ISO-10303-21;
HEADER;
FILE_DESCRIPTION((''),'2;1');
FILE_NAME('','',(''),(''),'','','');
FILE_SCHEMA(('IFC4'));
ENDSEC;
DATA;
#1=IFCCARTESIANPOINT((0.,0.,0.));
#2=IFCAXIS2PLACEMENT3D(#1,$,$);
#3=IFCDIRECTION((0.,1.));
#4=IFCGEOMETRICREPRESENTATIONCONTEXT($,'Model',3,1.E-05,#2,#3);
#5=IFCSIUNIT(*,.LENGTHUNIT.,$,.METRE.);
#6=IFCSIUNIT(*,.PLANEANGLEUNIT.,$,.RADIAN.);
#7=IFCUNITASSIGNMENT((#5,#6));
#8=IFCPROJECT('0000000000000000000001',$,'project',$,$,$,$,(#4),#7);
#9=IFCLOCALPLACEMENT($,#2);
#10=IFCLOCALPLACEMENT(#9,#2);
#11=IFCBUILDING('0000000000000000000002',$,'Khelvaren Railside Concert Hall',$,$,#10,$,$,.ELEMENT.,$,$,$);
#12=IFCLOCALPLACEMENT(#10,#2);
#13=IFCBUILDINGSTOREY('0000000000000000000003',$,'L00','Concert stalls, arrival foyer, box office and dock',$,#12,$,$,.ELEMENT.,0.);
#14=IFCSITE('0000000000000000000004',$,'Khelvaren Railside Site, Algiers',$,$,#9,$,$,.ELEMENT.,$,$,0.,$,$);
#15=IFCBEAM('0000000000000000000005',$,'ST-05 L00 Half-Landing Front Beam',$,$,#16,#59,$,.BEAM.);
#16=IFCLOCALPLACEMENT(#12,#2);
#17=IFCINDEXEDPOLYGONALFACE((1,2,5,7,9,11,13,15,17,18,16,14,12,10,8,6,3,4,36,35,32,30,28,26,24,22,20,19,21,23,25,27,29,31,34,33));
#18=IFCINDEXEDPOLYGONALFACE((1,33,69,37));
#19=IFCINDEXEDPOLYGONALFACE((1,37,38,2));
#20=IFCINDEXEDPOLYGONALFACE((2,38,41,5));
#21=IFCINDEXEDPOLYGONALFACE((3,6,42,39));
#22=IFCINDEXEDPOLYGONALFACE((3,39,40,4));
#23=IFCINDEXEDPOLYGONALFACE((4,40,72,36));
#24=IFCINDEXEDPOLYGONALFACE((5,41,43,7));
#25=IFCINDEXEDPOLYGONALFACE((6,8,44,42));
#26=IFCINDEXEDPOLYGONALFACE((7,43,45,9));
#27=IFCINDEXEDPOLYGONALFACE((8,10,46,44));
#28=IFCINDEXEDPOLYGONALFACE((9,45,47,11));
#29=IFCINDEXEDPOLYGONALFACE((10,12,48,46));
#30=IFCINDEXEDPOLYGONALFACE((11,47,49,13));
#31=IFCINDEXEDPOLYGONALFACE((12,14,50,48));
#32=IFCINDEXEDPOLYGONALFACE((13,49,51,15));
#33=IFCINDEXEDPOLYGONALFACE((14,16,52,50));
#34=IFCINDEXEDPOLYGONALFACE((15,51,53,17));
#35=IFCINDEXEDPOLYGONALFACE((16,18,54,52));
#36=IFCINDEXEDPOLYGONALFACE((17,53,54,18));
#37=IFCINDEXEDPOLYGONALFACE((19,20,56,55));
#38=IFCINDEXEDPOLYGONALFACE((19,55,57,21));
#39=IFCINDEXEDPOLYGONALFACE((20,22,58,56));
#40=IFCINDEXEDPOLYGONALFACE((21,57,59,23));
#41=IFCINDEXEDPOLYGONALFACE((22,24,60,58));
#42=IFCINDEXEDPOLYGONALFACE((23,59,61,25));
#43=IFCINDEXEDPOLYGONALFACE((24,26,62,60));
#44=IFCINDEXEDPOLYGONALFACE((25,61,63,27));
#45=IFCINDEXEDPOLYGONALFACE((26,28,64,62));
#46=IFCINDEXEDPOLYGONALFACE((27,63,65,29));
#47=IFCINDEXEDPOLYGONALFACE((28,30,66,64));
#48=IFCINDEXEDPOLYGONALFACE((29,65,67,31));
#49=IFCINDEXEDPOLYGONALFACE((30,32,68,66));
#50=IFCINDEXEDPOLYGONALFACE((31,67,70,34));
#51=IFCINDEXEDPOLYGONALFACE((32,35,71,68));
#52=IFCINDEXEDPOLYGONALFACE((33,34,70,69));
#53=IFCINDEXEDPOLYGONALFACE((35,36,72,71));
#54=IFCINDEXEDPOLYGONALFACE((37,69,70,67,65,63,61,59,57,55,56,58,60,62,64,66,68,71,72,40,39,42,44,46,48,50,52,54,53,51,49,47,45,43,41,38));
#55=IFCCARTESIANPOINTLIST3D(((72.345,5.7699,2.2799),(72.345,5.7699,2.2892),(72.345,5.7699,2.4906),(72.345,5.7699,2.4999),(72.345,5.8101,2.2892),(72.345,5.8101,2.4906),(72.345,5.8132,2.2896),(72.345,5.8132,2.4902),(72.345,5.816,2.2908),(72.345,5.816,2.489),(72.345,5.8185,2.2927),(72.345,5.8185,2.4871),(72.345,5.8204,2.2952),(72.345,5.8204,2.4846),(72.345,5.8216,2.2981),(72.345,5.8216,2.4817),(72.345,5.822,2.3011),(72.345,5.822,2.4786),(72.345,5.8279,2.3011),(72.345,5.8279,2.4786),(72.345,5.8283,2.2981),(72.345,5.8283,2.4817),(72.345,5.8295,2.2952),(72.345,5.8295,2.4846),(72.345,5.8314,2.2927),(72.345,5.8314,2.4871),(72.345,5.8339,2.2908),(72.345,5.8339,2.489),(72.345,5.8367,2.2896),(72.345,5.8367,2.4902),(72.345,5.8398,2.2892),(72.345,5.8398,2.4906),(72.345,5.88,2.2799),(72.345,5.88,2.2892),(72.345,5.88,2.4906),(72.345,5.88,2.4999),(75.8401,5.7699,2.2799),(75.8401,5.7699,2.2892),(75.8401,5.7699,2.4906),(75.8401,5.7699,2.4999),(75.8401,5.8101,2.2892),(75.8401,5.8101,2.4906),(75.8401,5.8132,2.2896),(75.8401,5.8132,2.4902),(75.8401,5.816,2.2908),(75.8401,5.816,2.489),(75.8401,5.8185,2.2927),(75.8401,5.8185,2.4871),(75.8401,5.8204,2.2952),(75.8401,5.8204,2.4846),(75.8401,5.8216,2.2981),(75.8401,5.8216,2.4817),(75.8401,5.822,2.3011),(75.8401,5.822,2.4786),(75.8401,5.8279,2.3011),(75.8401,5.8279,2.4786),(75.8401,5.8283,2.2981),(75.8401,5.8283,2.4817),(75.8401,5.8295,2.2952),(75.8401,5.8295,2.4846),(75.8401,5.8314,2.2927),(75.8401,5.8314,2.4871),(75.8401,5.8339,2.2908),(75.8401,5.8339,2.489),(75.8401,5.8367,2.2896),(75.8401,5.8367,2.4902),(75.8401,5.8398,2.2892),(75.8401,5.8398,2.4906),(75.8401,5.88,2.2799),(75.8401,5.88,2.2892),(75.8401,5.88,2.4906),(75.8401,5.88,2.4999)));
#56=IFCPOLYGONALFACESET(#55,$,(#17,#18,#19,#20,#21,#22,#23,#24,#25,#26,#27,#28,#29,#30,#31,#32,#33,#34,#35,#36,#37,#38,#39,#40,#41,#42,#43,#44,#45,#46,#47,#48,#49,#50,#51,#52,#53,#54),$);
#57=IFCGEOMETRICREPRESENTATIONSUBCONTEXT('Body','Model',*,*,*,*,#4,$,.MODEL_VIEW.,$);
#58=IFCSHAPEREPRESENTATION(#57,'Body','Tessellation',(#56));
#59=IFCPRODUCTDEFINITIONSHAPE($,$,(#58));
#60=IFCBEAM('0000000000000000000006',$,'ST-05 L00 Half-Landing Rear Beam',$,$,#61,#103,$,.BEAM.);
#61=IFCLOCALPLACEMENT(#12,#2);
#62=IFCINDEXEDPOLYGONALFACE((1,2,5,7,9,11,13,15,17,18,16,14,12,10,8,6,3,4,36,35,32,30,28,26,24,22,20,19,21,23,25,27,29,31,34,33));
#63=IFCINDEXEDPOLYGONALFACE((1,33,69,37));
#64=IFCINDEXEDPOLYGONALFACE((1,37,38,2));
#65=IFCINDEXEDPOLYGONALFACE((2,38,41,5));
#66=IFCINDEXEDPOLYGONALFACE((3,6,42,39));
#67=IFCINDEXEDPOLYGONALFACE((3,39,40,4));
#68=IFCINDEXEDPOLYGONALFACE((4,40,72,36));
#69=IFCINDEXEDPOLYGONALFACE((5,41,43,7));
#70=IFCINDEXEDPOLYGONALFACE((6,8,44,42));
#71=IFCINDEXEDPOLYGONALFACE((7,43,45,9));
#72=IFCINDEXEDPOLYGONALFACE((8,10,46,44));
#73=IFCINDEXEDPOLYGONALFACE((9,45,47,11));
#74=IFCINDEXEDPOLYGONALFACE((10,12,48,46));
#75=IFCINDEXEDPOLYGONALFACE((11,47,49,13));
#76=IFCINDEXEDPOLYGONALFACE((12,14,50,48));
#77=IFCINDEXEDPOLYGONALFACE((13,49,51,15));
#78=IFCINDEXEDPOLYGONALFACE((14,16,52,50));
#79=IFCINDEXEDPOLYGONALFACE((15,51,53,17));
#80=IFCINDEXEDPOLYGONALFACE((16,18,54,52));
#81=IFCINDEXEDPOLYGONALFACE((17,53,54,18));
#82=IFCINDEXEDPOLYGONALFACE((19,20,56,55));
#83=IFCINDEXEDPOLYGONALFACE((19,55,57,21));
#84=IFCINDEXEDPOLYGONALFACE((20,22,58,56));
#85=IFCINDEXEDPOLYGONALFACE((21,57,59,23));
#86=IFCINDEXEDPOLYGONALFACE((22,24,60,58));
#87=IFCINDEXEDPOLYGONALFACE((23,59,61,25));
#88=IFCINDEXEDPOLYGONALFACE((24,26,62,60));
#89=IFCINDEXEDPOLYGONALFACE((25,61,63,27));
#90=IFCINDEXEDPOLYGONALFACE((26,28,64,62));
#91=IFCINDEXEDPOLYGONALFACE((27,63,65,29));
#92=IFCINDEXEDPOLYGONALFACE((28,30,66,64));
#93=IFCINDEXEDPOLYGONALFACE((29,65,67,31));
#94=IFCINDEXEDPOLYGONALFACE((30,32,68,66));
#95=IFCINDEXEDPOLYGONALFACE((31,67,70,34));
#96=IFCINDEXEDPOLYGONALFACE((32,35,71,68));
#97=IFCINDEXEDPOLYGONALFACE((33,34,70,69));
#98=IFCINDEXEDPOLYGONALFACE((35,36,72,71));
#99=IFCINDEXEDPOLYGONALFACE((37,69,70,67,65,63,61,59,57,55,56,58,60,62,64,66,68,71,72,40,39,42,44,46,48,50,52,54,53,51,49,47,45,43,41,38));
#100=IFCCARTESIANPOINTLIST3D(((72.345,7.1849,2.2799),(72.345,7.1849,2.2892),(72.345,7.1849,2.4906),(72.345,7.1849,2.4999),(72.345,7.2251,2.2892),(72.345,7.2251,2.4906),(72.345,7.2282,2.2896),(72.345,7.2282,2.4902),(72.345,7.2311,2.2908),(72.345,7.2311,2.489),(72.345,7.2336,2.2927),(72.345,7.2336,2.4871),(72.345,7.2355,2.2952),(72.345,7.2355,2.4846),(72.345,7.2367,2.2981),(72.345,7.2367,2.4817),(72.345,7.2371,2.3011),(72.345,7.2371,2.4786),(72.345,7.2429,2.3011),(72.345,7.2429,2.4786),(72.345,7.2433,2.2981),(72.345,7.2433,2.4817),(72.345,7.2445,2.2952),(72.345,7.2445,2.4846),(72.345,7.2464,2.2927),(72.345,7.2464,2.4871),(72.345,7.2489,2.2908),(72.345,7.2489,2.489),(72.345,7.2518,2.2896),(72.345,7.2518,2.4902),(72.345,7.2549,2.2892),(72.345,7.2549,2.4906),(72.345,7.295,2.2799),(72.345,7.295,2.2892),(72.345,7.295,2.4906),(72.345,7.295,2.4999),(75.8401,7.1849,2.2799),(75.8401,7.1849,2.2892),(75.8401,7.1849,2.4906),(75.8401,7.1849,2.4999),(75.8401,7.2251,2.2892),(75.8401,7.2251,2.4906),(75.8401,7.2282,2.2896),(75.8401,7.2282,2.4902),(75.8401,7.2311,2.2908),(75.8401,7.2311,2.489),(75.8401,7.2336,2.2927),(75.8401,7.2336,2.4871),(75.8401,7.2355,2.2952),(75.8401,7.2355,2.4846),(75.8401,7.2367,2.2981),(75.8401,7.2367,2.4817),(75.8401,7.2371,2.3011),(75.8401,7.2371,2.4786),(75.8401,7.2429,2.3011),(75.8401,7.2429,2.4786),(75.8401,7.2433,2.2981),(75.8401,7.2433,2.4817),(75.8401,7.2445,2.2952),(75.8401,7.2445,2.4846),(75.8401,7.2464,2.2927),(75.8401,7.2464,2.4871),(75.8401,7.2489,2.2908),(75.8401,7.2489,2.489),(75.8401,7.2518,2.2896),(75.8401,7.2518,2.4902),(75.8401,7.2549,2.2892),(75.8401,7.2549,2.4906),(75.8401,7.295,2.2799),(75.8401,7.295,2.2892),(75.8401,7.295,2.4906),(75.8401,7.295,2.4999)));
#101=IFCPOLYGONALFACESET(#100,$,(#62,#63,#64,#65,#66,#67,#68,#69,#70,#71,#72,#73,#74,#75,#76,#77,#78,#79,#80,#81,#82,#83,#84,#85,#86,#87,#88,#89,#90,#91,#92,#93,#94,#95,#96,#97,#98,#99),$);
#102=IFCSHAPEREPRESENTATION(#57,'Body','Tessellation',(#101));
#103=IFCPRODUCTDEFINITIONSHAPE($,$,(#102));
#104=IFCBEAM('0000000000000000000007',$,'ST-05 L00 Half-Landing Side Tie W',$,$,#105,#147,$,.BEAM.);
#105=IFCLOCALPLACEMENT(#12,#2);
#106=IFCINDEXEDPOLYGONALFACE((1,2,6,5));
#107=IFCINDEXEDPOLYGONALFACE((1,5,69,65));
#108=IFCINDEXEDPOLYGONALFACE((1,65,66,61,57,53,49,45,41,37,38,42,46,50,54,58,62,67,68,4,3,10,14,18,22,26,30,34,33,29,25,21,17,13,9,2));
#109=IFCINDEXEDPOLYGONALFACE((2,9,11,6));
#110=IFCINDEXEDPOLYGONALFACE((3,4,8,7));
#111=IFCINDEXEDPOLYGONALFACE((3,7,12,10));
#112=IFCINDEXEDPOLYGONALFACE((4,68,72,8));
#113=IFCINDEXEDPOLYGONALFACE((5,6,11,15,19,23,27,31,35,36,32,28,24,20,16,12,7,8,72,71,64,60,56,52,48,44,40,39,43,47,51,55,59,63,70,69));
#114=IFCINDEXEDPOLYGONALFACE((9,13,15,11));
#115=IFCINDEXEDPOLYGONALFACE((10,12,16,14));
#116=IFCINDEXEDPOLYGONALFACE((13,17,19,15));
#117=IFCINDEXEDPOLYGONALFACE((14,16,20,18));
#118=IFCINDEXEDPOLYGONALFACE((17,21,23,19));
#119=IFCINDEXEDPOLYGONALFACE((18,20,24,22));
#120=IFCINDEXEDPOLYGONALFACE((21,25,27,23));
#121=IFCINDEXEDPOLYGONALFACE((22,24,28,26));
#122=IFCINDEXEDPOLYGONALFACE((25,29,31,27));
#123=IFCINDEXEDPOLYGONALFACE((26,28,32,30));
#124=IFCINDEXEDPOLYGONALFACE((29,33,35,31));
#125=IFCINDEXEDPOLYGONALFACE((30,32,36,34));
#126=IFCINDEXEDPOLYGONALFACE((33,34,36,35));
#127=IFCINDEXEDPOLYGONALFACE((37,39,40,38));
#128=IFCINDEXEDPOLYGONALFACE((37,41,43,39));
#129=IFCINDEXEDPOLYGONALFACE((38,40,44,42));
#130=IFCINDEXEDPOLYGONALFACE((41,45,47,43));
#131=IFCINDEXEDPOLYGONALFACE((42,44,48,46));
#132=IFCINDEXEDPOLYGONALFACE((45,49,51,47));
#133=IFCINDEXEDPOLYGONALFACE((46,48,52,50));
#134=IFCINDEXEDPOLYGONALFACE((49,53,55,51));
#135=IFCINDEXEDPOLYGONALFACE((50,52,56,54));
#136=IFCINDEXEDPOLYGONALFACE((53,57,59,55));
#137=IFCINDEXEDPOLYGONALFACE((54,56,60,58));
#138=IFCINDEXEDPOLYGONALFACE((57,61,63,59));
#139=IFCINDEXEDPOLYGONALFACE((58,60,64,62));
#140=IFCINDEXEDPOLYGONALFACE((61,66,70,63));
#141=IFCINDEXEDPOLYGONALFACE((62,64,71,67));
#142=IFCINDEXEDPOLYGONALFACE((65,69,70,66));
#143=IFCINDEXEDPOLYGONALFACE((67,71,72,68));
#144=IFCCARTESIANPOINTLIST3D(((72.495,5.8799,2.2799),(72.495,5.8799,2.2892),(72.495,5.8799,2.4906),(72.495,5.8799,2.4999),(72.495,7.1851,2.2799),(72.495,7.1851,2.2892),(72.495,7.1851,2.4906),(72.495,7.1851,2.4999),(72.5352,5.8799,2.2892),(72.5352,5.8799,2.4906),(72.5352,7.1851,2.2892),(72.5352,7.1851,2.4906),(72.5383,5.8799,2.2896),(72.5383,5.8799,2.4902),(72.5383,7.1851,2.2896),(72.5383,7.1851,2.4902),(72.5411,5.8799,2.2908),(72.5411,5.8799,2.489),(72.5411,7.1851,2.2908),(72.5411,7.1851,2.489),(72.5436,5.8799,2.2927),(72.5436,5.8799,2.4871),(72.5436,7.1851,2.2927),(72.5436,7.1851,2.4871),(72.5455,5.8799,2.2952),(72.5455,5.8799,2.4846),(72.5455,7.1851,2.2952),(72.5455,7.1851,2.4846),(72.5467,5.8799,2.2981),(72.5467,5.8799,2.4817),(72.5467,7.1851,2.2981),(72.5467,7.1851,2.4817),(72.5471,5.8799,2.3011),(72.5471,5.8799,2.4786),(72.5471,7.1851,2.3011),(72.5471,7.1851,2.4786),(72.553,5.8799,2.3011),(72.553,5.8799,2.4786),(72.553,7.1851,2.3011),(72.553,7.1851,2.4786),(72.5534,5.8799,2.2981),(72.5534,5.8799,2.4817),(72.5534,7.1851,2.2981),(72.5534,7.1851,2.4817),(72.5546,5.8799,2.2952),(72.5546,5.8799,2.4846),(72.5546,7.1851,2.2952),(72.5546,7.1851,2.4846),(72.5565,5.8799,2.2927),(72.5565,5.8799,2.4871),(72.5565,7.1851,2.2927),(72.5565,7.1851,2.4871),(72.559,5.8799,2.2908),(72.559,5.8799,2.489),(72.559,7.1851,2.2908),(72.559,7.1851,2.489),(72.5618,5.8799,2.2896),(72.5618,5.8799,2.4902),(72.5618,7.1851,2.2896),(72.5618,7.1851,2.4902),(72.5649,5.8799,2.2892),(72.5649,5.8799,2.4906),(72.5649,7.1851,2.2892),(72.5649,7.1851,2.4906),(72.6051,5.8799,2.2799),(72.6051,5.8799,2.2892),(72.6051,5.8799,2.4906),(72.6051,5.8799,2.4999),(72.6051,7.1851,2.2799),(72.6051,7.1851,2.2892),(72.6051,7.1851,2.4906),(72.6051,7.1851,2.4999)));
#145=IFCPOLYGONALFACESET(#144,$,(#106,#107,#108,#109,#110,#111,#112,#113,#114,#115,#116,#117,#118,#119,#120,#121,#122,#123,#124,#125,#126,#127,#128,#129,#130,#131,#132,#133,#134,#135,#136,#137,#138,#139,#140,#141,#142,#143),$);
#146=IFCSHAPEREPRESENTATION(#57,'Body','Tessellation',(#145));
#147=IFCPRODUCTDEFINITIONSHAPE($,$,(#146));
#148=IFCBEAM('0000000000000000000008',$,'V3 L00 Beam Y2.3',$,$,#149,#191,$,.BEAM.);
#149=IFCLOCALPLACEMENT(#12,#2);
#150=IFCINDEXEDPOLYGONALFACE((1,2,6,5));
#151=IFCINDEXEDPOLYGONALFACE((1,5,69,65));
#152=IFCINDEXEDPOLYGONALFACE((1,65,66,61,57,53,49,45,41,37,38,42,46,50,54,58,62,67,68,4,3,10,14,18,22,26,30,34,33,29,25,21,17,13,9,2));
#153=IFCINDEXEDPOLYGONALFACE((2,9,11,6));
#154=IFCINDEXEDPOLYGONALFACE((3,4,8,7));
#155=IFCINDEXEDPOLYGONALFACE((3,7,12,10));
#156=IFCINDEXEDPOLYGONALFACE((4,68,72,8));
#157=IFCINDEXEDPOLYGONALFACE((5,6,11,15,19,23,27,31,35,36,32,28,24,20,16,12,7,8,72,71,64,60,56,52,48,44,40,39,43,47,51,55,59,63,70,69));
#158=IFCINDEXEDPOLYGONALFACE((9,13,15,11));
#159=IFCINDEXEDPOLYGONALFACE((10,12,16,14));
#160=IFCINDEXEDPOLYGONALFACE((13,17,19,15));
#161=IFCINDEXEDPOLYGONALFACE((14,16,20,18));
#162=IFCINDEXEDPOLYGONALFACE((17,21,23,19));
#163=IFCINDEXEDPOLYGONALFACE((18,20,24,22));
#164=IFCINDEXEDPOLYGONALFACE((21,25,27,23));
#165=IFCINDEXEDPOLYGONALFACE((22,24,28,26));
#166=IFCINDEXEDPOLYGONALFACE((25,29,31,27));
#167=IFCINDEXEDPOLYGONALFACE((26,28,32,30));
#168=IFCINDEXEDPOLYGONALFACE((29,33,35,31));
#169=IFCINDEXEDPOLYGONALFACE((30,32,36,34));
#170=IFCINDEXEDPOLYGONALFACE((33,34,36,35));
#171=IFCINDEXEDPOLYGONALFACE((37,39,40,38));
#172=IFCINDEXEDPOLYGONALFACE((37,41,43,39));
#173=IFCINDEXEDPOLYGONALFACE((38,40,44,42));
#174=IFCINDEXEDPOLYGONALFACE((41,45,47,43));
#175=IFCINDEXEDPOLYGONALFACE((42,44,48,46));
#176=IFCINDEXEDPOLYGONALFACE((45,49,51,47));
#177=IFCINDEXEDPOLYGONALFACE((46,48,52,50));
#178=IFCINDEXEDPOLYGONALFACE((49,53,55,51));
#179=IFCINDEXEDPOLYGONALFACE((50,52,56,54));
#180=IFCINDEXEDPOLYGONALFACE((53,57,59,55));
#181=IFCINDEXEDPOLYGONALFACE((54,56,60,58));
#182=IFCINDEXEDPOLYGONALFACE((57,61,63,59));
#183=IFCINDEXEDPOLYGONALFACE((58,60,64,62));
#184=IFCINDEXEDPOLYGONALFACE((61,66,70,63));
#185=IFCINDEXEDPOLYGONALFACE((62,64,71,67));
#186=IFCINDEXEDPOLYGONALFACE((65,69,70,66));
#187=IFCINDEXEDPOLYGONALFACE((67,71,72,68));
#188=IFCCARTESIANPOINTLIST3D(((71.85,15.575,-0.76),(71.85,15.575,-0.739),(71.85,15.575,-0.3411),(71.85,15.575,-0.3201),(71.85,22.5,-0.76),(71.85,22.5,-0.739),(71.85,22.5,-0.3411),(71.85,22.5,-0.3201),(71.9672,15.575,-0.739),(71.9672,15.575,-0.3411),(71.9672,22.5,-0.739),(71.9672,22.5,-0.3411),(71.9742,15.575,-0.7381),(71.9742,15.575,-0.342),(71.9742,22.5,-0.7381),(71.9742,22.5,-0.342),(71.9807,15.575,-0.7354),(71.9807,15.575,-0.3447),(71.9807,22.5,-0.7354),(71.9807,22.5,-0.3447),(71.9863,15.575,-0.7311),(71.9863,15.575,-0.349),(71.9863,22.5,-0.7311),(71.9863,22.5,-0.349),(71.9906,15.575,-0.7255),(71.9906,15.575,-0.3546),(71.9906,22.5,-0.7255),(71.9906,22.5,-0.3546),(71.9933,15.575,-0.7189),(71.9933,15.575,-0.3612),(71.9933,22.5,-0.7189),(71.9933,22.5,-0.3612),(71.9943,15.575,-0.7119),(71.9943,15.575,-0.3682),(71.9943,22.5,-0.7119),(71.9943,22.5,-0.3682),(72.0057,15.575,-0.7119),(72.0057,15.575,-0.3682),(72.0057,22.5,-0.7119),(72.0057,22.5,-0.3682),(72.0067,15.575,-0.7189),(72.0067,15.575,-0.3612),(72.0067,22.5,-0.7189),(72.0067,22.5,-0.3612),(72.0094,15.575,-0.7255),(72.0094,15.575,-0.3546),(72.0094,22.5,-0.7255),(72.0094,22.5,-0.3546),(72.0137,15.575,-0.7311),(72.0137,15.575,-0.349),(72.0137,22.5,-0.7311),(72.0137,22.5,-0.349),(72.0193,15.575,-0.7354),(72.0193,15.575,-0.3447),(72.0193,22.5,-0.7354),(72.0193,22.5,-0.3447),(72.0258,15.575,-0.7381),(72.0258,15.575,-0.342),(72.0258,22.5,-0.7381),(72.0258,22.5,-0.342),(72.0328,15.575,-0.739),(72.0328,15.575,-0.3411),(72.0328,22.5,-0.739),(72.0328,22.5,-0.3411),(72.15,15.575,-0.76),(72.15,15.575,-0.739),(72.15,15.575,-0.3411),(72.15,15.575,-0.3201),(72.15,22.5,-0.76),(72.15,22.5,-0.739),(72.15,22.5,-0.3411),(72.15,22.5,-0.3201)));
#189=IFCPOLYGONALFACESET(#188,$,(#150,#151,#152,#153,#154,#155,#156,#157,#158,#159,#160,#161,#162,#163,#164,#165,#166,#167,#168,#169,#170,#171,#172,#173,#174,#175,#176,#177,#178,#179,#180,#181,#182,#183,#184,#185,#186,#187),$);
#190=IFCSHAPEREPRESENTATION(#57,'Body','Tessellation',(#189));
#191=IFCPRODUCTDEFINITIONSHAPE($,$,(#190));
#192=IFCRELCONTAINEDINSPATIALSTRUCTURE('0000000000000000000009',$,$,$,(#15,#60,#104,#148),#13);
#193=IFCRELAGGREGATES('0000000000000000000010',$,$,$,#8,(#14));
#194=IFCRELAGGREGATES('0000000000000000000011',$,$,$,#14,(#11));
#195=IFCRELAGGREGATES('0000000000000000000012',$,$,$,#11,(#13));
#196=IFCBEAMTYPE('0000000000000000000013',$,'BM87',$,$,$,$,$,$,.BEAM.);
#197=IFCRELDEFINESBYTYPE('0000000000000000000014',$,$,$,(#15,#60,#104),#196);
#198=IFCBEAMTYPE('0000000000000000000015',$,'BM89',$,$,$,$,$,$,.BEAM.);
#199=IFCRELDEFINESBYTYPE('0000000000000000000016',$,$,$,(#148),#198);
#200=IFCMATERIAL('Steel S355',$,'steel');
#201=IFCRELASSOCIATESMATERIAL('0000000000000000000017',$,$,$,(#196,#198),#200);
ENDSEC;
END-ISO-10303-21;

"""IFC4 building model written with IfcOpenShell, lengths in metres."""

from ifc_helpers import new_model, si_unit, direction, frame, origin, origin_2d, place, context, subcontext, project, spatial, i_section, extrude, material, material_profile, profile_set, type_object, element, save


model = new_model("IFC4")

# Units and contexts
model_context = context("Model", 3, precision=1e-05, world=origin(), true_north=direction((0.0, 1.0)))
body_context = subcontext(model_context, "Body", "Model", "MODEL_VIEW")
ifc_project = project(units=[si_unit("LENGTHUNIT", "METRE"), si_unit("PLANEANGLEUNIT", "RADIAN")], contexts=[model_context])

# Site, building, storey
site_placement = place(None, origin())
site = spatial("IfcSite", under=ifc_project, at=site_placement, Name="Khelvaren Railside Site, Algiers", CompositionType="ELEMENT", RefElevation=0.0)
building_placement = place(site_placement, origin())
building = spatial("IfcBuilding", under=site, at=building_placement, Name="Khelvaren Railside Concert Hall", CompositionType="ELEMENT")
storey_placement = place(building_placement, origin())
storey = spatial("IfcBuildingStorey", under=building, at=storey_placement, Name="L00", Description="Concert stalls, arrival foyer, box office and dock", CompositionType="ELEMENT", Elevation=0.0)

# Beams
ifc_material_1 = material(Name="Steel S355", Category="steel")
ifc_material_profile_1 = material_profile(ifc_material_1, i_section(OverallWidth=0.1101, OverallDepth=0.22, WebThickness=0.0059, FlangeThickness=0.0093, FilletRadius=0.012, at=origin_2d()), Name="IPE 220")
ifc_profile_set_1 = profile_set([ifc_material_profile_1], Name="Steel S355")
beam_type_1 = type_object("IfcBeamType", Name="BM87", PredefinedType="BEAM", material=ifc_profile_set_1)
for number, where, z_axis, x_axis, name in (
    (1, (72.345, 5.825, 2.3899), (1.0, 0.0, 0.0), (0.0, 1.0, 0.0), "ST-05 L00 Half-Landing Front Beam"),
    (2, (72.345, 7.24, 2.3899), (1.0, 0.0, 0.0), (0.0, 1.0, 0.0), "ST-05 L00 Half-Landing Rear Beam"),
):
    element("IfcBeam", number, at=place(storey_placement, frame(where, z_axis=z_axis, x_axis=x_axis)), inside=storey, type_object=beam_type_1, Name=name, PredefinedType="BEAM", context=body_context, shape_type="SweptSolid", body=[
        extrude(i_section(OverallWidth=0.1101, OverallDepth=0.22, WebThickness=0.0059, FlangeThickness=0.0093, FilletRadius=0.012, at=origin_2d()), origin(), (0.0, 0.0, 1.0), 3.4951),
    ])
beam_1_placement = place(storey_placement, frame((72.55, 5.8799, 2.3899), z_axis=(0.0, 1.0, 0.0), x_axis=(-1.0, 0.0, 0.0)))
element("IfcBeam", 3, at=beam_1_placement, inside=storey, type_object=beam_type_1, Name="ST-05 L00 Half-Landing Side Tie W", PredefinedType="BEAM", context=body_context, shape_type="SweptSolid", body=[
    extrude(i_section(OverallWidth=0.1101, OverallDepth=0.22, WebThickness=0.0059, FlangeThickness=0.0093, FilletRadius=0.012, at=origin_2d()), origin(), (0.0, 0.0, 1.0), 1.3052),
])
ifc_material_profile_2 = material_profile(ifc_material_1, i_section(OverallWidth=0.3, OverallDepth=0.4399, WebThickness=0.0115, FlangeThickness=0.021, FilletRadius=0.0271, at=origin_2d()), Name="HEA 450")
ifc_profile_set_2 = profile_set([ifc_material_profile_2], Name="Steel S355")
beam_type_2 = type_object("IfcBeamType", Name="BM89", PredefinedType="BEAM", material=ifc_profile_set_2)
beam_2_placement = place(storey_placement, frame((72.0, 15.575, -0.54), z_axis=(0.0, 1.0, 0.0), x_axis=(-1.0, 0.0, 0.0)))
element("IfcBeam", 4, at=beam_2_placement, inside=storey, type_object=beam_type_2, Name="V3 L00 Beam Y2.3", PredefinedType="BEAM", context=body_context, shape_type="SweptSolid", body=[
    extrude(i_section(OverallWidth=0.3, OverallDepth=0.4399, WebThickness=0.0115, FlangeThickness=0.021, FilletRadius=0.0271, at=origin_2d()), origin(), (0.0, 0.0, 1.0), 6.925),
])

save(model, "model.ifc")
